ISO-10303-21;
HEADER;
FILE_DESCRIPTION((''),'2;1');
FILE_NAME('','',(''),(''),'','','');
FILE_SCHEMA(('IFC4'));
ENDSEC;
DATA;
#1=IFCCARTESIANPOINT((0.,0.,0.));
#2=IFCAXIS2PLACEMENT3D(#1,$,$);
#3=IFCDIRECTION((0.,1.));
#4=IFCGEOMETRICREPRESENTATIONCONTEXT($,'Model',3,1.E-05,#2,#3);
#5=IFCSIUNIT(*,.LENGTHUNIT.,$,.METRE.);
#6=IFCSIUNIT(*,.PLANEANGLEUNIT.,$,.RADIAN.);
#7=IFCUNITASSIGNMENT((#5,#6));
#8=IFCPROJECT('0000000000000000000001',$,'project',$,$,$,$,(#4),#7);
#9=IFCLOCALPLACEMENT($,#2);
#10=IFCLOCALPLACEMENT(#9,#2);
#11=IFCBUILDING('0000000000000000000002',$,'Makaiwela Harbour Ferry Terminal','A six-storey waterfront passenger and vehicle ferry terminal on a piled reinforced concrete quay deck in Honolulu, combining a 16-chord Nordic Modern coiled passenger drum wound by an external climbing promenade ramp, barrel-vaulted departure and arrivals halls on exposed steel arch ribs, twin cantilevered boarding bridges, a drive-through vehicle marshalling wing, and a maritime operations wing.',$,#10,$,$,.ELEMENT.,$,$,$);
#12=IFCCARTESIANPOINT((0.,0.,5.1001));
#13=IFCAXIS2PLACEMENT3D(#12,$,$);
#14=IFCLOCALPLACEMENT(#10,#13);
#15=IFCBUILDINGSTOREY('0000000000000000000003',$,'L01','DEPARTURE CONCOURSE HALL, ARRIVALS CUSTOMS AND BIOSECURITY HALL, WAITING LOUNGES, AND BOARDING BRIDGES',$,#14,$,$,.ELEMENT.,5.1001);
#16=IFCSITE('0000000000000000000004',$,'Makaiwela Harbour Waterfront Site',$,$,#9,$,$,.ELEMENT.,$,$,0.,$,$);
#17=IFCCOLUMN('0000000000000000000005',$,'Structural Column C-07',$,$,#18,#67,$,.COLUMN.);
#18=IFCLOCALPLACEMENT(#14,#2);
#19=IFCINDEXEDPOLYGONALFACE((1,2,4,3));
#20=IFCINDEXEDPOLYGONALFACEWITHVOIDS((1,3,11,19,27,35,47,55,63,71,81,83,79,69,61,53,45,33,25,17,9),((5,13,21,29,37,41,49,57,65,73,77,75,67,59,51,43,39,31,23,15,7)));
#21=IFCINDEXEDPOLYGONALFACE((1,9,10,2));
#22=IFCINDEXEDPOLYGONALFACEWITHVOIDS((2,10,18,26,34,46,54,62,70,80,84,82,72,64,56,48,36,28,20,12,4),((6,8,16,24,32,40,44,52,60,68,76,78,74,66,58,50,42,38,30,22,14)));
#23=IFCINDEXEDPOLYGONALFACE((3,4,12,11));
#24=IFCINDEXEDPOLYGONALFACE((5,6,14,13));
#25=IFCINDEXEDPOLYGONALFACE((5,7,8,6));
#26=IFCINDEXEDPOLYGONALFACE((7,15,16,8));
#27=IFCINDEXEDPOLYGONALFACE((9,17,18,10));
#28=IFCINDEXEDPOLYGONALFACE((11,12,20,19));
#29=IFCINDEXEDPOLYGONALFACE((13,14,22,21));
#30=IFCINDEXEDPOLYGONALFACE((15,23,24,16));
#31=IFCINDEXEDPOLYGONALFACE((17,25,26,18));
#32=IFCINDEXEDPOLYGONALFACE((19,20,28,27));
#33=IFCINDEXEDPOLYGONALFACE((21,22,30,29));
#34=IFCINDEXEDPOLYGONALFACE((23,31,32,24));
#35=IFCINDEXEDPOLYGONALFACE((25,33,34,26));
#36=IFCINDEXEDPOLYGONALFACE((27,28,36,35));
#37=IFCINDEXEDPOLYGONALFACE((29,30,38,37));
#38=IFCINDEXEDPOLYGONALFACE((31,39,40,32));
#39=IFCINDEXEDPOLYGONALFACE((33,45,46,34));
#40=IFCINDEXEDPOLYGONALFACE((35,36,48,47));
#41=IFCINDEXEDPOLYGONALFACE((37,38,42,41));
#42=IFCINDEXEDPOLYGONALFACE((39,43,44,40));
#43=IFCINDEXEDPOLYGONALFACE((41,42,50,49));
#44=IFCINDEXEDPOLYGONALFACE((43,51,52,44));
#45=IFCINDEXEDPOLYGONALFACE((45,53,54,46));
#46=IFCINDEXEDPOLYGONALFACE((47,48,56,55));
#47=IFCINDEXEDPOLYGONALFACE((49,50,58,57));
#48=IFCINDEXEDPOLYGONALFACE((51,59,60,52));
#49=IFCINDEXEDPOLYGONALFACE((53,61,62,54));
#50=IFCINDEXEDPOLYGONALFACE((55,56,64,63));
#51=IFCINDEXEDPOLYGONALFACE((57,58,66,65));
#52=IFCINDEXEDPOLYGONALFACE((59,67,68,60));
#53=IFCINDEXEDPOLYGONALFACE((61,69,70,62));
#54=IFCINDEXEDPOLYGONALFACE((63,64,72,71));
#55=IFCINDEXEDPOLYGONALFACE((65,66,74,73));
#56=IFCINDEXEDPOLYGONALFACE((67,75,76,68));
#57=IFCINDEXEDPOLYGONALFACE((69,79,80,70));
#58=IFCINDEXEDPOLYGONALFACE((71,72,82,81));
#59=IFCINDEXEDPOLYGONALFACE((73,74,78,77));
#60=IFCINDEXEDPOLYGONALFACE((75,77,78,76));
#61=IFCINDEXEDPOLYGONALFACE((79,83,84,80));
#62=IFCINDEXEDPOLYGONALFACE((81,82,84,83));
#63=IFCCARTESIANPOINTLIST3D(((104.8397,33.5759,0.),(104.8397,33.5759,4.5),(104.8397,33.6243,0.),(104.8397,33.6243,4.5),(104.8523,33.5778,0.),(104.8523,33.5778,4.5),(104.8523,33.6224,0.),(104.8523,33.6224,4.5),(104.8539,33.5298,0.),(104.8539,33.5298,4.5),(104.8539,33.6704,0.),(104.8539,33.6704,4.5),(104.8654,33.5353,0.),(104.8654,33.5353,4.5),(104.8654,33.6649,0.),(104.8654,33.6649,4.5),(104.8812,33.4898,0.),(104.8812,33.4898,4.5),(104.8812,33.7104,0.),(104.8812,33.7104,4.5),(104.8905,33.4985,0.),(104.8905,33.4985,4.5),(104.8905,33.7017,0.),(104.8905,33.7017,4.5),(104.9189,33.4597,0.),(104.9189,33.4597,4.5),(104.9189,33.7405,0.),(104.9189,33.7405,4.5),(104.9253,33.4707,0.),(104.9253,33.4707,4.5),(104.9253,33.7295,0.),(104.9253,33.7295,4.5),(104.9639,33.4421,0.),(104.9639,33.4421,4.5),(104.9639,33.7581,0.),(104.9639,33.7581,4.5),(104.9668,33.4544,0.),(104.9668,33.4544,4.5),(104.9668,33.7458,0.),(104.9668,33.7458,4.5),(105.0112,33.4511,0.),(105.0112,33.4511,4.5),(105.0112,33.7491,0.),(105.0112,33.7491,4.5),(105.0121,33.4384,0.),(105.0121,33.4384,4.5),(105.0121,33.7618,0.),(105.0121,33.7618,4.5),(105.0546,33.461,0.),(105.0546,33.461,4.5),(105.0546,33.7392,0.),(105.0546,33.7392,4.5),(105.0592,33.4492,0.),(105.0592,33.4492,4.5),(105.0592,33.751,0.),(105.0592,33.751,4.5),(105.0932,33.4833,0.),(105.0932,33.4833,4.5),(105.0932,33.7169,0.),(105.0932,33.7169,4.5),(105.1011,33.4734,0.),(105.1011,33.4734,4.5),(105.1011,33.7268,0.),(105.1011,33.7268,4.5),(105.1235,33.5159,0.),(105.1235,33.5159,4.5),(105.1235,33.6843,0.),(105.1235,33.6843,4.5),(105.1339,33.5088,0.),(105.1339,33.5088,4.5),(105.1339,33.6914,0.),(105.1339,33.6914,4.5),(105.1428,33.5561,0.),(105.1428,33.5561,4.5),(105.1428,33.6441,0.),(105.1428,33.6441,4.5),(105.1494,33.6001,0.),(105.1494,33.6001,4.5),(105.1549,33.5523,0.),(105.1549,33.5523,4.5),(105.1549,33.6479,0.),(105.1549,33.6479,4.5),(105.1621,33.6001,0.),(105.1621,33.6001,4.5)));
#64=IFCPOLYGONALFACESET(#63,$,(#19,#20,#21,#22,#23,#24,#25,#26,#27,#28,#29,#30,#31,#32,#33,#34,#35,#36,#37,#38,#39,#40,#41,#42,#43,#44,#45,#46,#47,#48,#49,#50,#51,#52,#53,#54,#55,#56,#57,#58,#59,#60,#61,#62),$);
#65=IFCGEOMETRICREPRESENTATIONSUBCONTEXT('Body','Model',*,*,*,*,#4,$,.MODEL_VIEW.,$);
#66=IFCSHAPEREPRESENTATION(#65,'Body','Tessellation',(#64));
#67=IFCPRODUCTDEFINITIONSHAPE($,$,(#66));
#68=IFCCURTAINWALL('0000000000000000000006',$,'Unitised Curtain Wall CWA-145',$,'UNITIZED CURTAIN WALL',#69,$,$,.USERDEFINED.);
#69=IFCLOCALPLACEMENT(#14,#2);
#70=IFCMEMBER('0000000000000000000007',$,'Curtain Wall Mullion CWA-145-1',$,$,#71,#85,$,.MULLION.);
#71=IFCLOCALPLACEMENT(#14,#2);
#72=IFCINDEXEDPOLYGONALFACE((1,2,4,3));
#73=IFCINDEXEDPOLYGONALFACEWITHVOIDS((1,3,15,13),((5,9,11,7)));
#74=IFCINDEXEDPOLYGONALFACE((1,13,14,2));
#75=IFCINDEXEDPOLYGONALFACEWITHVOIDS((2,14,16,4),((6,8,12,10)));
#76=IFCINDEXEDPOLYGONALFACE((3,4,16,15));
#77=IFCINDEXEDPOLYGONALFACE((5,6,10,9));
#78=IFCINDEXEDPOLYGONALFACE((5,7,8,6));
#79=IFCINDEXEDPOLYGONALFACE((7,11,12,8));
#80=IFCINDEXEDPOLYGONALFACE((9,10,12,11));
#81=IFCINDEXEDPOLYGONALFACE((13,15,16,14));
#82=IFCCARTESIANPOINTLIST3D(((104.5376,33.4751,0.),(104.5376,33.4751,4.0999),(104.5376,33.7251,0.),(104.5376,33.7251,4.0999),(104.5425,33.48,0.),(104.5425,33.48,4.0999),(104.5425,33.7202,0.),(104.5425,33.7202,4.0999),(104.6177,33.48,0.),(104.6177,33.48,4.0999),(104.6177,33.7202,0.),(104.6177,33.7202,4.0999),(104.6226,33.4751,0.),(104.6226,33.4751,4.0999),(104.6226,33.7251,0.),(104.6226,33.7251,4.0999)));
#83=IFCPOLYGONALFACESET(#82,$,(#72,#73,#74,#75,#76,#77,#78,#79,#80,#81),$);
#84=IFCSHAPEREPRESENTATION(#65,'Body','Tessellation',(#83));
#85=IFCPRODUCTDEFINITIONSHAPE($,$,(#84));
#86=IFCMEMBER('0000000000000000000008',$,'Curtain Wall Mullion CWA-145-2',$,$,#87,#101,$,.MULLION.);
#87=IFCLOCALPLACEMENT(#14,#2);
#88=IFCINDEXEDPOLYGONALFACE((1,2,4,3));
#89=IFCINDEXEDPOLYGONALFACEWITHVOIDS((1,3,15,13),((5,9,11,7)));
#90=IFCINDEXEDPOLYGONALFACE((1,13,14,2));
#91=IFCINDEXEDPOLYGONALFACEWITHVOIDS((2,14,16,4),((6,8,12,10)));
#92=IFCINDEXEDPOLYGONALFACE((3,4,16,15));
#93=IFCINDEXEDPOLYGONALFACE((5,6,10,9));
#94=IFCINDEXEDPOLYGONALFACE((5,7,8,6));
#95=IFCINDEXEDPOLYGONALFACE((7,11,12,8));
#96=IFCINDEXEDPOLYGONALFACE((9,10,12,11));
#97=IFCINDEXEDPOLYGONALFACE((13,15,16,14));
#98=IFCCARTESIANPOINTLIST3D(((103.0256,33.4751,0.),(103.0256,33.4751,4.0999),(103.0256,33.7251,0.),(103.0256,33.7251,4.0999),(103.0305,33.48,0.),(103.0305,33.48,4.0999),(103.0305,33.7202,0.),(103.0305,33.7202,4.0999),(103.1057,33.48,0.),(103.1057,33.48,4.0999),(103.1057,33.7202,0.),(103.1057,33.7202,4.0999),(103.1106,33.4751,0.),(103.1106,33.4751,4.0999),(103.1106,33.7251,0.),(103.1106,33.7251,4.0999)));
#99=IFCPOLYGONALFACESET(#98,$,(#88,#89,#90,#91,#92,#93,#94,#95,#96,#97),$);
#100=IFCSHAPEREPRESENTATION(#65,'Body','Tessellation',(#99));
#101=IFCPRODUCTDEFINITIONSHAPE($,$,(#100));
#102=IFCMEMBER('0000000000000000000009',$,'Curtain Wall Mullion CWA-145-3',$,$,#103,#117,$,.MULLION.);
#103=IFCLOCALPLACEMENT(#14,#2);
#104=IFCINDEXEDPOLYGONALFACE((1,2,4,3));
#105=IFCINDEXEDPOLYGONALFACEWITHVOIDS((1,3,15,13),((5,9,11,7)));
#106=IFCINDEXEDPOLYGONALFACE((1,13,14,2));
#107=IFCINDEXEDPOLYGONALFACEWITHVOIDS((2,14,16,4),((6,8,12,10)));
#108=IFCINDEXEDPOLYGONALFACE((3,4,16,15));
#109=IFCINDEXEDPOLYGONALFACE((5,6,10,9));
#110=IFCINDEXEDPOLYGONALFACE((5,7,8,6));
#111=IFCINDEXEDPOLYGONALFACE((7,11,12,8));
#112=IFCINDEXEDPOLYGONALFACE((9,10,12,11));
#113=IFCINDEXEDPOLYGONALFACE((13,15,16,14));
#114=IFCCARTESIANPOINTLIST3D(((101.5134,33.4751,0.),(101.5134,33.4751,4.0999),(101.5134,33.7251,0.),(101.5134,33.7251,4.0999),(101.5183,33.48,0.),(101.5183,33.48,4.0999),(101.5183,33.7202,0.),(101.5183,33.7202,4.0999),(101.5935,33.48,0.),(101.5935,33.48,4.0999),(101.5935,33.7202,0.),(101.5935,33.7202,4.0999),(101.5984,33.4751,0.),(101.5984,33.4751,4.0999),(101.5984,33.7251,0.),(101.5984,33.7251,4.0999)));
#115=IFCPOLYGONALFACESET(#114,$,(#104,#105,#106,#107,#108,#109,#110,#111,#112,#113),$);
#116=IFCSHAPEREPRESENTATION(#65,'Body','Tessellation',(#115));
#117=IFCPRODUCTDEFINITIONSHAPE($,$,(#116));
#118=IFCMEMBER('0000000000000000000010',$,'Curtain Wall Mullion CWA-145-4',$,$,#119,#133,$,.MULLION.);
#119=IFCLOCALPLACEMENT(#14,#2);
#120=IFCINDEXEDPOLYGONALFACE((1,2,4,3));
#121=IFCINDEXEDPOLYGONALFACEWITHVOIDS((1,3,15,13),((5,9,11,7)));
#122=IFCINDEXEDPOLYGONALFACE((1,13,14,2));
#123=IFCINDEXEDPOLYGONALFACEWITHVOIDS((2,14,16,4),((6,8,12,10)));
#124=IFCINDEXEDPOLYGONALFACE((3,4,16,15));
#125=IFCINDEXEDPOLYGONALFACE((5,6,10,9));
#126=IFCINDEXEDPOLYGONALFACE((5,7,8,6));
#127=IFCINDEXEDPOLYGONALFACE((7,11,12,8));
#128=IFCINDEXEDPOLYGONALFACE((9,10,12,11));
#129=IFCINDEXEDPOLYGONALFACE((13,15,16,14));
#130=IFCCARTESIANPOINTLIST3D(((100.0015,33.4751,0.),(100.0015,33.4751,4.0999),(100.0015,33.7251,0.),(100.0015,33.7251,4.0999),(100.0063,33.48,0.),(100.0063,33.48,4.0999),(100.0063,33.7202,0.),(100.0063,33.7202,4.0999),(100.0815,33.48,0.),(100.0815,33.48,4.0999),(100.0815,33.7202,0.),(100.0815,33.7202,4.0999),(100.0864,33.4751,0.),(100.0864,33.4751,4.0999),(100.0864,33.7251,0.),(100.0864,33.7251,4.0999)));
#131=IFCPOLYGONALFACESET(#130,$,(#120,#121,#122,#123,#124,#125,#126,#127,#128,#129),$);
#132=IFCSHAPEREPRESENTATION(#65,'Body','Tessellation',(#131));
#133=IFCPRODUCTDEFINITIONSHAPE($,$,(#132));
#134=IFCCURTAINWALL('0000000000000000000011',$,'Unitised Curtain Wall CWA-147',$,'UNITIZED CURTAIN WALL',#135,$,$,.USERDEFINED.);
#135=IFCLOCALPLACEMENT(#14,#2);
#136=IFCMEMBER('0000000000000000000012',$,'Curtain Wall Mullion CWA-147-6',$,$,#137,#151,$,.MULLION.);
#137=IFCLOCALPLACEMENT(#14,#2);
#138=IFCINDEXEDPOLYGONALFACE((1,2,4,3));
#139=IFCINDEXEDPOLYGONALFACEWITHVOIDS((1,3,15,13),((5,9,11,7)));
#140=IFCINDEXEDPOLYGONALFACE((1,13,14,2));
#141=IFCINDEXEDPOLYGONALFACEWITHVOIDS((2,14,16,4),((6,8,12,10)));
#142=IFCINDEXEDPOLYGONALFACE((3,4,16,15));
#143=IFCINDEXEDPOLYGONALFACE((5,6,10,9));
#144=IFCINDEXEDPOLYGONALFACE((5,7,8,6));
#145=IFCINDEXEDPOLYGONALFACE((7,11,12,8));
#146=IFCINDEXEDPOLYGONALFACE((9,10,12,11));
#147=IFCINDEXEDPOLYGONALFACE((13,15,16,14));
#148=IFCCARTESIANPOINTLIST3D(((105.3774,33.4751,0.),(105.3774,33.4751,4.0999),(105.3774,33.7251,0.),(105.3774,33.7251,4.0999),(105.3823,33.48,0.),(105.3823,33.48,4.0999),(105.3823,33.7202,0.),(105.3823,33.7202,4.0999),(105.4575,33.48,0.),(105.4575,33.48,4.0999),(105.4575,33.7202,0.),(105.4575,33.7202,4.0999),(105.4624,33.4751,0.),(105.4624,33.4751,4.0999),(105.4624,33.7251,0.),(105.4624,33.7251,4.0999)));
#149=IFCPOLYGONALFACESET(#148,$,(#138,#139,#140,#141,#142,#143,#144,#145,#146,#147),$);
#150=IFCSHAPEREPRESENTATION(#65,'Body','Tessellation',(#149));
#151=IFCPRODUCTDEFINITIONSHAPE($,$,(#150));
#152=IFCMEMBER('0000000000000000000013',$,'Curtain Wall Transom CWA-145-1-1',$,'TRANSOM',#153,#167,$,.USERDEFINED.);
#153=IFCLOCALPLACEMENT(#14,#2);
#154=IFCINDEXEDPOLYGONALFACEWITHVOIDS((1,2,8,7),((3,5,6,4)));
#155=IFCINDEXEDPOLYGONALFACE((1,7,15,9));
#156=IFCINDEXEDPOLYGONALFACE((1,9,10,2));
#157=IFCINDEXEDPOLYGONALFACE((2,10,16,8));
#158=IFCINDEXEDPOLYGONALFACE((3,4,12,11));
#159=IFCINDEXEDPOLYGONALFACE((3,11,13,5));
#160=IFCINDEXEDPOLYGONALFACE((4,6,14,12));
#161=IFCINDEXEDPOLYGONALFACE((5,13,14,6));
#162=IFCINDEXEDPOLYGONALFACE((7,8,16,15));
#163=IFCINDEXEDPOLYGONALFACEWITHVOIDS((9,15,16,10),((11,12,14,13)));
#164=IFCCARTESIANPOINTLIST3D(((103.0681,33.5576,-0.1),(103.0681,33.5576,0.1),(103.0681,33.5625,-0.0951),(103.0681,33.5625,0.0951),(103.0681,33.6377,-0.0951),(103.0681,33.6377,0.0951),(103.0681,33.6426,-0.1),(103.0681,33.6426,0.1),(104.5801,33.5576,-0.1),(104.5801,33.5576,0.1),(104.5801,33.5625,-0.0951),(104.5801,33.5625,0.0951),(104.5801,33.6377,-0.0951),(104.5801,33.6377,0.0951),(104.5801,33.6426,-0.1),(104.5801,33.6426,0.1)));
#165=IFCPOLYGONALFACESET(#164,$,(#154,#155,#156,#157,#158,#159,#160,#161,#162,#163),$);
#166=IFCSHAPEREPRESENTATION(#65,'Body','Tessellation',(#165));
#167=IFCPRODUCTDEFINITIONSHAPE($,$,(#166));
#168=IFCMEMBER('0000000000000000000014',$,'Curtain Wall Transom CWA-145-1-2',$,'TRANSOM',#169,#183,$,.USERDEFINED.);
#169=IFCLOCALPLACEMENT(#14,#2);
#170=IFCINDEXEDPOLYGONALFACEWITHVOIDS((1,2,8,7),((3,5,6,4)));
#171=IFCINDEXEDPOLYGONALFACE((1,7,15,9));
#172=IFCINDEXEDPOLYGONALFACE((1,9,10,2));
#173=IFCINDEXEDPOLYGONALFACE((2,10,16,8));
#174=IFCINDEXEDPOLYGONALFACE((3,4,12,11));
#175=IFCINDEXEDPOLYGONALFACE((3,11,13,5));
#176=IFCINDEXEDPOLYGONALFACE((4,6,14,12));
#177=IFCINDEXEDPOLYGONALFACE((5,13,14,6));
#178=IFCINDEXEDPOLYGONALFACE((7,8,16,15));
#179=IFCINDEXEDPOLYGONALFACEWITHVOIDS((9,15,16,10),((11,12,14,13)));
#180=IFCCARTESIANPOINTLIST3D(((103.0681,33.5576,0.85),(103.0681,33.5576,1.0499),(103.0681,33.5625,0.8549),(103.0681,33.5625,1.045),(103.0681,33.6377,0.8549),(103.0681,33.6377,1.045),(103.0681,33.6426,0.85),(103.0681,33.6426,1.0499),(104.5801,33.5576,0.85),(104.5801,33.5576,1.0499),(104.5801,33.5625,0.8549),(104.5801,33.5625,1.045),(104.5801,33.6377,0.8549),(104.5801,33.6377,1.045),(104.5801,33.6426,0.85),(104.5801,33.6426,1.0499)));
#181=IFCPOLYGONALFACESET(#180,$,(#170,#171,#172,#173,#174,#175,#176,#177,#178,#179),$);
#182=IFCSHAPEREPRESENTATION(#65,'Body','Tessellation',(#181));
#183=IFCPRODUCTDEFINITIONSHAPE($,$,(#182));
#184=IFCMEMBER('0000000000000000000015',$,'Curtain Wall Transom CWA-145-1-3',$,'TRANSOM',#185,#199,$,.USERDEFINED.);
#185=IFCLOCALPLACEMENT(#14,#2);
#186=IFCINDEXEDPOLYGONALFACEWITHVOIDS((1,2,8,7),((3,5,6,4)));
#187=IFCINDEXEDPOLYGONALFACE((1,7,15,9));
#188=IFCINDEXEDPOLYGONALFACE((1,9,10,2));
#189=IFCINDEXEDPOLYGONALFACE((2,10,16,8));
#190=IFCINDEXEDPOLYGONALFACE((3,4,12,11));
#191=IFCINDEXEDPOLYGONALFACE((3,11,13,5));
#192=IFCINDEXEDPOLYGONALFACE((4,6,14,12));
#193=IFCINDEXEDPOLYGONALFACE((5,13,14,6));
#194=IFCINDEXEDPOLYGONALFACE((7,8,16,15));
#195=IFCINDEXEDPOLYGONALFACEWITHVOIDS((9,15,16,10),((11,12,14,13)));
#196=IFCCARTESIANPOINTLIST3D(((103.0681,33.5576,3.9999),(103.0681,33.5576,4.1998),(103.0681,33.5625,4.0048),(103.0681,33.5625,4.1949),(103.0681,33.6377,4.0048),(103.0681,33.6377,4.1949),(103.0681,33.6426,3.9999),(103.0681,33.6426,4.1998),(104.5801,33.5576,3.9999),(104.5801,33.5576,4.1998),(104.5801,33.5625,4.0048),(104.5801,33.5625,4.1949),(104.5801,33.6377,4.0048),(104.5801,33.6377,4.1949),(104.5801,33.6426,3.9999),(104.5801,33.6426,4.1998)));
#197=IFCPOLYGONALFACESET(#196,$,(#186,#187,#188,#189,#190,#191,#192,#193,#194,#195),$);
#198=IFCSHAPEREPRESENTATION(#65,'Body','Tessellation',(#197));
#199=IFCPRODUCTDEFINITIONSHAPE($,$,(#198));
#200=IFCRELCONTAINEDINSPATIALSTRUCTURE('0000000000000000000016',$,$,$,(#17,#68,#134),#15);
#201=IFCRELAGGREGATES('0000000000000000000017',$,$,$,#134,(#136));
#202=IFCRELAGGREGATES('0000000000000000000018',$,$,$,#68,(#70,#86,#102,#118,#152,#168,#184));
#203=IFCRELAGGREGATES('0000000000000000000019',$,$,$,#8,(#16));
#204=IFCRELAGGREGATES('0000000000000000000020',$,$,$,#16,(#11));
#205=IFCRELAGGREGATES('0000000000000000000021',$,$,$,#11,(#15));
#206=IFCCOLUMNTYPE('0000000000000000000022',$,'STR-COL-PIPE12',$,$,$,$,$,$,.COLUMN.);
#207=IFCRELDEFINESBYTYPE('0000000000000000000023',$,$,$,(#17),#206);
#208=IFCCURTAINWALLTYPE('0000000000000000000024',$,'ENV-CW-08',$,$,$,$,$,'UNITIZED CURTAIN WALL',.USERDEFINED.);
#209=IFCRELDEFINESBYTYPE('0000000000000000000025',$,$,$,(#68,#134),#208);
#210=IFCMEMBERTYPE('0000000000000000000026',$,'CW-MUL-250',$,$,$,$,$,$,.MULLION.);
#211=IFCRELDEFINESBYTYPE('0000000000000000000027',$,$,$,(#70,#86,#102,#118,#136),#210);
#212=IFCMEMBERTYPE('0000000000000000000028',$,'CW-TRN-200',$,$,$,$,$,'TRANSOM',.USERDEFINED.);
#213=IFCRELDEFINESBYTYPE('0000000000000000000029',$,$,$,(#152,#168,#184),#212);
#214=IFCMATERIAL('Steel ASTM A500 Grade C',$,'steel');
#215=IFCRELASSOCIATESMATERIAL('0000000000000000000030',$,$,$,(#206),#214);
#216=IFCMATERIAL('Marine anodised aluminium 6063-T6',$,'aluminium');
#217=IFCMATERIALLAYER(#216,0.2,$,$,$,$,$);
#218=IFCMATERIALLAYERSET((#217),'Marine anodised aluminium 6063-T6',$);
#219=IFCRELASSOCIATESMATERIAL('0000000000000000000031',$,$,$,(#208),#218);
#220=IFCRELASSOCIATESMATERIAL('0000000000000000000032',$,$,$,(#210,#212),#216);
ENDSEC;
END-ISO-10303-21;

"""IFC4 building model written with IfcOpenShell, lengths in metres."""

from ifc_helpers import new_model, si_unit, direction, frame, origin, origin_2d, place, context, subcontext, project, spatial, hollow_rectangle, hollow_circle, extrude, material, layer, layer_set, material_profile, profile_set, type_object, element, aggregate, save


model = new_model("IFC4")

# Units and contexts
model_context = context("Model", 3, precision=1e-05, world=origin(), true_north=direction((0.0, 1.0)))
body_context = subcontext(model_context, "Body", "Model", "MODEL_VIEW")
ifc_project = project(units=[si_unit("LENGTHUNIT", "METRE"), si_unit("PLANEANGLEUNIT", "RADIAN")], contexts=[model_context])

# Site, building, storey
site_placement = place(None, origin())
site = spatial("IfcSite", under=ifc_project, at=site_placement, Name="Makaiwela Harbour Waterfront Site", CompositionType="ELEMENT", RefElevation=0.0)
building_placement = place(site_placement, origin())
building = spatial("IfcBuilding", under=site, at=building_placement, Name="Makaiwela Harbour Ferry Terminal", Description="A six-storey waterfront passenger and vehicle ferry terminal on a piled reinforced concrete quay deck in Honolulu, combining a 16-chord Nordic Modern coiled passenger drum wound by an external climbing promenade ramp, barrel-vaulted departure and arrivals halls on exposed steel arch ribs, twin cantilevered boarding bridges, a drive-through vehicle marshalling wing, and a maritime operations wing.", CompositionType="ELEMENT")
storey_placement = place(building_placement, frame((0.0, 0.0, 5.1001)))
storey = spatial("IfcBuildingStorey", under=building, at=storey_placement, Name="L01", Description="DEPARTURE CONCOURSE HALL, ARRIVALS CUSTOMS AND BIOSECURITY HALL, WAITING LOUNGES, AND BOARDING BRIDGES", CompositionType="ELEMENT", Elevation=5.1001)

# Column
ifc_material_1 = material(Name="Steel ASTM A500 Grade C", Category="steel")
ifc_material_profile_1 = material_profile(ifc_material_1, hollow_circle(Radius=0.1621, WallThickness=0.0127, at=origin_2d()), Name="PIPE12XS")
ifc_profile_set_1 = profile_set([ifc_material_profile_1], Name="Steel ASTM A500 Grade C")
column_type = type_object("IfcColumnType", Name="STR-COL-PIPE12", PredefinedType="COLUMN", material=ifc_profile_set_1)
column_placement = place(storey_placement, frame((105.0, 33.6001, 0.0), z_axis=(0.0, 0.0, 1.0), x_axis=(1.0, 0.0, 0.0)))
element("IfcColumn", 1, at=column_placement, inside=storey, type_object=column_type, Name="Structural Column C-07", PredefinedType="COLUMN", context=body_context, shape_type="SweptSolid", body=[
    extrude(hollow_circle(Radius=0.1621, WallThickness=0.0127, at=origin_2d()), origin(), (0.0, 0.0, 1.0), 4.5),
])

# Curtain wall, members
ifc_material_2 = material(Name="Marine anodised aluminium 6063-T6", Category="aluminium")
ifc_layer_1 = layer(ifc_material_2, 0.2)
ifc_layer_set_1 = layer_set([ifc_layer_1], Name="Marine anodised aluminium 6063-T6")
curtain_wall_type = type_object("IfcCurtainWallType", Name="ENV-CW-08", ElementType="UNITIZED CURTAIN WALL", PredefinedType="USERDEFINED", material=ifc_layer_set_1)
curtain_wall_1_placement = place(storey_placement, origin())
curtain_wall_1 = element("IfcCurtainWall", 2, at=curtain_wall_1_placement, inside=storey, type_object=curtain_wall_type, Name="Unitised Curtain Wall CWA-145", ObjectType="UNITIZED CURTAIN WALL", PredefinedType="USERDEFINED")
ifc_material_profile_2 = material_profile(ifc_material_2, hollow_rectangle(XDim=0.085, YDim=0.25, WallThickness=0.0049, at=origin_2d()), Name="CWM-250X85")
ifc_profile_set_2 = profile_set([ifc_material_profile_2], Name="Marine anodised aluminium 6063-T6")
member_type_1 = type_object("IfcMemberType", Name="CW-MUL-250", PredefinedType="MULLION", material=ifc_profile_set_2)
member_1_placement = place(storey_placement, frame((104.5801, 33.6001, 0.0), z_axis=(0.0, 0.0, 1.0), x_axis=(1.0, 0.0, 0.0)))
member_1 = element("IfcMember", 3, at=member_1_placement, type_object=member_type_1, Name="Curtain Wall Mullion CWA-145-1", PredefinedType="MULLION", context=body_context, shape_type="SweptSolid", body=[
    extrude(hollow_rectangle(XDim=0.085, YDim=0.25, WallThickness=0.0049, at=origin_2d()), origin(), (0.0, 0.0, 1.0), 4.0999),
])
member_2_placement = place(storey_placement, frame((103.0681, 33.6001, 0.0), z_axis=(0.0, 0.0, 1.0), x_axis=(1.0, 0.0, 0.0)))
member_2 = element("IfcMember", 4, at=member_2_placement, type_object=member_type_1, Name="Curtain Wall Mullion CWA-145-2", PredefinedType="MULLION", context=body_context, shape_type="SweptSolid", body=[
    extrude(hollow_rectangle(XDim=0.085, YDim=0.25, WallThickness=0.0049, at=origin_2d()), origin(), (0.0, 0.0, 1.0), 4.0999),
])
member_3_placement = place(storey_placement, frame((101.5559, 33.6001, 0.0), z_axis=(0.0, 0.0, 1.0), x_axis=(1.0, 0.0, 0.0)))
member_3 = element("IfcMember", 5, at=member_3_placement, type_object=member_type_1, Name="Curtain Wall Mullion CWA-145-3", PredefinedType="MULLION", context=body_context, shape_type="SweptSolid", body=[
    extrude(hollow_rectangle(XDim=0.085, YDim=0.25, WallThickness=0.0049, at=origin_2d()), origin(), (0.0, 0.0, 1.0), 4.0999),
])
member_4_placement = place(storey_placement, frame((100.0439, 33.6001, 0.0), z_axis=(0.0, 0.0, 1.0), x_axis=(1.0, 0.0, 0.0)))
member_4 = element("IfcMember", 6, at=member_4_placement, type_object=member_type_1, Name="Curtain Wall Mullion CWA-145-4", PredefinedType="MULLION", context=body_context, shape_type="SweptSolid", body=[
    extrude(hollow_rectangle(XDim=0.085, YDim=0.25, WallThickness=0.0049, at=origin_2d()), origin(), (0.0, 0.0, 1.0), 4.0999),
])

# Curtain wall, member
curtain_wall_2_placement = place(storey_placement, origin())
curtain_wall_2 = element("IfcCurtainWall", 7, at=curtain_wall_2_placement, inside=storey, type_object=curtain_wall_type, Name="Unitised Curtain Wall CWA-147", ObjectType="UNITIZED CURTAIN WALL", PredefinedType="USERDEFINED")
member_5_placement = place(storey_placement, frame((105.4199, 33.6001, 0.0), z_axis=(0.0, 0.0, 1.0), x_axis=(1.0, 0.0, 0.0)))
member_5 = element("IfcMember", 8, at=member_5_placement, type_object=member_type_1, Name="Curtain Wall Mullion CWA-147-6", PredefinedType="MULLION", context=body_context, shape_type="SweptSolid", body=[
    extrude(hollow_rectangle(XDim=0.085, YDim=0.25, WallThickness=0.0049, at=origin_2d()), origin(), (0.0, 0.0, 1.0), 4.0999),
])
aggregate(curtain_wall_2, [member_5])

# Members
ifc_material_profile_3 = material_profile(ifc_material_2, hollow_rectangle(XDim=0.085, YDim=0.2, WallThickness=0.0049, at=origin_2d()), Name="CWT-200X85")
ifc_profile_set_3 = profile_set([ifc_material_profile_3], Name="Marine anodised aluminium 6063-T6")
member_type_2 = type_object("IfcMemberType", Name="CW-TRN-200", ElementType="TRANSOM", PredefinedType="USERDEFINED", material=ifc_profile_set_3)
member_6_placement = place(storey_placement, frame((104.5801, 33.6001, 0.0), z_axis=(-1.0, 0.0, 0.0), x_axis=(0.0, -1.0, 0.0)))
member_6 = element("IfcMember", 9, at=member_6_placement, type_object=member_type_2, Name="Curtain Wall Transom CWA-145-1-1", ObjectType="TRANSOM", PredefinedType="USERDEFINED", context=body_context, shape_type="SweptSolid", body=[
    extrude(hollow_rectangle(XDim=0.085, YDim=0.2, WallThickness=0.0049, at=origin_2d()), origin(), (0.0, 0.0, 1.0), 1.512),
])
member_7_placement = place(storey_placement, frame((104.5801, 33.6001, 0.95), z_axis=(-1.0, 0.0, 0.0), x_axis=(0.0, -1.0, 0.0)))
member_7 = element("IfcMember", 10, at=member_7_placement, type_object=member_type_2, Name="Curtain Wall Transom CWA-145-1-2", ObjectType="TRANSOM", PredefinedType="USERDEFINED", context=body_context, shape_type="SweptSolid", body=[
    extrude(hollow_rectangle(XDim=0.085, YDim=0.2, WallThickness=0.0049, at=origin_2d()), origin(), (0.0, 0.0, 1.0), 1.512),
])
member_8_placement = place(storey_placement, frame((104.5801, 33.6001, 4.0999), z_axis=(-1.0, 0.0, 0.0), x_axis=(0.0, -1.0, 0.0)))
member_8 = element("IfcMember", 11, at=member_8_placement, type_object=member_type_2, Name="Curtain Wall Transom CWA-145-1-3", ObjectType="TRANSOM", PredefinedType="USERDEFINED", context=body_context, shape_type="SweptSolid", body=[
    extrude(hollow_rectangle(XDim=0.085, YDim=0.2, WallThickness=0.0049, at=origin_2d()), origin(), (0.0, 0.0, 1.0), 1.512),
])

aggregate(curtain_wall_1, [member_1, member_2, member_3, member_4, member_6, member_7, member_8])

save(model, "model.ifc")
